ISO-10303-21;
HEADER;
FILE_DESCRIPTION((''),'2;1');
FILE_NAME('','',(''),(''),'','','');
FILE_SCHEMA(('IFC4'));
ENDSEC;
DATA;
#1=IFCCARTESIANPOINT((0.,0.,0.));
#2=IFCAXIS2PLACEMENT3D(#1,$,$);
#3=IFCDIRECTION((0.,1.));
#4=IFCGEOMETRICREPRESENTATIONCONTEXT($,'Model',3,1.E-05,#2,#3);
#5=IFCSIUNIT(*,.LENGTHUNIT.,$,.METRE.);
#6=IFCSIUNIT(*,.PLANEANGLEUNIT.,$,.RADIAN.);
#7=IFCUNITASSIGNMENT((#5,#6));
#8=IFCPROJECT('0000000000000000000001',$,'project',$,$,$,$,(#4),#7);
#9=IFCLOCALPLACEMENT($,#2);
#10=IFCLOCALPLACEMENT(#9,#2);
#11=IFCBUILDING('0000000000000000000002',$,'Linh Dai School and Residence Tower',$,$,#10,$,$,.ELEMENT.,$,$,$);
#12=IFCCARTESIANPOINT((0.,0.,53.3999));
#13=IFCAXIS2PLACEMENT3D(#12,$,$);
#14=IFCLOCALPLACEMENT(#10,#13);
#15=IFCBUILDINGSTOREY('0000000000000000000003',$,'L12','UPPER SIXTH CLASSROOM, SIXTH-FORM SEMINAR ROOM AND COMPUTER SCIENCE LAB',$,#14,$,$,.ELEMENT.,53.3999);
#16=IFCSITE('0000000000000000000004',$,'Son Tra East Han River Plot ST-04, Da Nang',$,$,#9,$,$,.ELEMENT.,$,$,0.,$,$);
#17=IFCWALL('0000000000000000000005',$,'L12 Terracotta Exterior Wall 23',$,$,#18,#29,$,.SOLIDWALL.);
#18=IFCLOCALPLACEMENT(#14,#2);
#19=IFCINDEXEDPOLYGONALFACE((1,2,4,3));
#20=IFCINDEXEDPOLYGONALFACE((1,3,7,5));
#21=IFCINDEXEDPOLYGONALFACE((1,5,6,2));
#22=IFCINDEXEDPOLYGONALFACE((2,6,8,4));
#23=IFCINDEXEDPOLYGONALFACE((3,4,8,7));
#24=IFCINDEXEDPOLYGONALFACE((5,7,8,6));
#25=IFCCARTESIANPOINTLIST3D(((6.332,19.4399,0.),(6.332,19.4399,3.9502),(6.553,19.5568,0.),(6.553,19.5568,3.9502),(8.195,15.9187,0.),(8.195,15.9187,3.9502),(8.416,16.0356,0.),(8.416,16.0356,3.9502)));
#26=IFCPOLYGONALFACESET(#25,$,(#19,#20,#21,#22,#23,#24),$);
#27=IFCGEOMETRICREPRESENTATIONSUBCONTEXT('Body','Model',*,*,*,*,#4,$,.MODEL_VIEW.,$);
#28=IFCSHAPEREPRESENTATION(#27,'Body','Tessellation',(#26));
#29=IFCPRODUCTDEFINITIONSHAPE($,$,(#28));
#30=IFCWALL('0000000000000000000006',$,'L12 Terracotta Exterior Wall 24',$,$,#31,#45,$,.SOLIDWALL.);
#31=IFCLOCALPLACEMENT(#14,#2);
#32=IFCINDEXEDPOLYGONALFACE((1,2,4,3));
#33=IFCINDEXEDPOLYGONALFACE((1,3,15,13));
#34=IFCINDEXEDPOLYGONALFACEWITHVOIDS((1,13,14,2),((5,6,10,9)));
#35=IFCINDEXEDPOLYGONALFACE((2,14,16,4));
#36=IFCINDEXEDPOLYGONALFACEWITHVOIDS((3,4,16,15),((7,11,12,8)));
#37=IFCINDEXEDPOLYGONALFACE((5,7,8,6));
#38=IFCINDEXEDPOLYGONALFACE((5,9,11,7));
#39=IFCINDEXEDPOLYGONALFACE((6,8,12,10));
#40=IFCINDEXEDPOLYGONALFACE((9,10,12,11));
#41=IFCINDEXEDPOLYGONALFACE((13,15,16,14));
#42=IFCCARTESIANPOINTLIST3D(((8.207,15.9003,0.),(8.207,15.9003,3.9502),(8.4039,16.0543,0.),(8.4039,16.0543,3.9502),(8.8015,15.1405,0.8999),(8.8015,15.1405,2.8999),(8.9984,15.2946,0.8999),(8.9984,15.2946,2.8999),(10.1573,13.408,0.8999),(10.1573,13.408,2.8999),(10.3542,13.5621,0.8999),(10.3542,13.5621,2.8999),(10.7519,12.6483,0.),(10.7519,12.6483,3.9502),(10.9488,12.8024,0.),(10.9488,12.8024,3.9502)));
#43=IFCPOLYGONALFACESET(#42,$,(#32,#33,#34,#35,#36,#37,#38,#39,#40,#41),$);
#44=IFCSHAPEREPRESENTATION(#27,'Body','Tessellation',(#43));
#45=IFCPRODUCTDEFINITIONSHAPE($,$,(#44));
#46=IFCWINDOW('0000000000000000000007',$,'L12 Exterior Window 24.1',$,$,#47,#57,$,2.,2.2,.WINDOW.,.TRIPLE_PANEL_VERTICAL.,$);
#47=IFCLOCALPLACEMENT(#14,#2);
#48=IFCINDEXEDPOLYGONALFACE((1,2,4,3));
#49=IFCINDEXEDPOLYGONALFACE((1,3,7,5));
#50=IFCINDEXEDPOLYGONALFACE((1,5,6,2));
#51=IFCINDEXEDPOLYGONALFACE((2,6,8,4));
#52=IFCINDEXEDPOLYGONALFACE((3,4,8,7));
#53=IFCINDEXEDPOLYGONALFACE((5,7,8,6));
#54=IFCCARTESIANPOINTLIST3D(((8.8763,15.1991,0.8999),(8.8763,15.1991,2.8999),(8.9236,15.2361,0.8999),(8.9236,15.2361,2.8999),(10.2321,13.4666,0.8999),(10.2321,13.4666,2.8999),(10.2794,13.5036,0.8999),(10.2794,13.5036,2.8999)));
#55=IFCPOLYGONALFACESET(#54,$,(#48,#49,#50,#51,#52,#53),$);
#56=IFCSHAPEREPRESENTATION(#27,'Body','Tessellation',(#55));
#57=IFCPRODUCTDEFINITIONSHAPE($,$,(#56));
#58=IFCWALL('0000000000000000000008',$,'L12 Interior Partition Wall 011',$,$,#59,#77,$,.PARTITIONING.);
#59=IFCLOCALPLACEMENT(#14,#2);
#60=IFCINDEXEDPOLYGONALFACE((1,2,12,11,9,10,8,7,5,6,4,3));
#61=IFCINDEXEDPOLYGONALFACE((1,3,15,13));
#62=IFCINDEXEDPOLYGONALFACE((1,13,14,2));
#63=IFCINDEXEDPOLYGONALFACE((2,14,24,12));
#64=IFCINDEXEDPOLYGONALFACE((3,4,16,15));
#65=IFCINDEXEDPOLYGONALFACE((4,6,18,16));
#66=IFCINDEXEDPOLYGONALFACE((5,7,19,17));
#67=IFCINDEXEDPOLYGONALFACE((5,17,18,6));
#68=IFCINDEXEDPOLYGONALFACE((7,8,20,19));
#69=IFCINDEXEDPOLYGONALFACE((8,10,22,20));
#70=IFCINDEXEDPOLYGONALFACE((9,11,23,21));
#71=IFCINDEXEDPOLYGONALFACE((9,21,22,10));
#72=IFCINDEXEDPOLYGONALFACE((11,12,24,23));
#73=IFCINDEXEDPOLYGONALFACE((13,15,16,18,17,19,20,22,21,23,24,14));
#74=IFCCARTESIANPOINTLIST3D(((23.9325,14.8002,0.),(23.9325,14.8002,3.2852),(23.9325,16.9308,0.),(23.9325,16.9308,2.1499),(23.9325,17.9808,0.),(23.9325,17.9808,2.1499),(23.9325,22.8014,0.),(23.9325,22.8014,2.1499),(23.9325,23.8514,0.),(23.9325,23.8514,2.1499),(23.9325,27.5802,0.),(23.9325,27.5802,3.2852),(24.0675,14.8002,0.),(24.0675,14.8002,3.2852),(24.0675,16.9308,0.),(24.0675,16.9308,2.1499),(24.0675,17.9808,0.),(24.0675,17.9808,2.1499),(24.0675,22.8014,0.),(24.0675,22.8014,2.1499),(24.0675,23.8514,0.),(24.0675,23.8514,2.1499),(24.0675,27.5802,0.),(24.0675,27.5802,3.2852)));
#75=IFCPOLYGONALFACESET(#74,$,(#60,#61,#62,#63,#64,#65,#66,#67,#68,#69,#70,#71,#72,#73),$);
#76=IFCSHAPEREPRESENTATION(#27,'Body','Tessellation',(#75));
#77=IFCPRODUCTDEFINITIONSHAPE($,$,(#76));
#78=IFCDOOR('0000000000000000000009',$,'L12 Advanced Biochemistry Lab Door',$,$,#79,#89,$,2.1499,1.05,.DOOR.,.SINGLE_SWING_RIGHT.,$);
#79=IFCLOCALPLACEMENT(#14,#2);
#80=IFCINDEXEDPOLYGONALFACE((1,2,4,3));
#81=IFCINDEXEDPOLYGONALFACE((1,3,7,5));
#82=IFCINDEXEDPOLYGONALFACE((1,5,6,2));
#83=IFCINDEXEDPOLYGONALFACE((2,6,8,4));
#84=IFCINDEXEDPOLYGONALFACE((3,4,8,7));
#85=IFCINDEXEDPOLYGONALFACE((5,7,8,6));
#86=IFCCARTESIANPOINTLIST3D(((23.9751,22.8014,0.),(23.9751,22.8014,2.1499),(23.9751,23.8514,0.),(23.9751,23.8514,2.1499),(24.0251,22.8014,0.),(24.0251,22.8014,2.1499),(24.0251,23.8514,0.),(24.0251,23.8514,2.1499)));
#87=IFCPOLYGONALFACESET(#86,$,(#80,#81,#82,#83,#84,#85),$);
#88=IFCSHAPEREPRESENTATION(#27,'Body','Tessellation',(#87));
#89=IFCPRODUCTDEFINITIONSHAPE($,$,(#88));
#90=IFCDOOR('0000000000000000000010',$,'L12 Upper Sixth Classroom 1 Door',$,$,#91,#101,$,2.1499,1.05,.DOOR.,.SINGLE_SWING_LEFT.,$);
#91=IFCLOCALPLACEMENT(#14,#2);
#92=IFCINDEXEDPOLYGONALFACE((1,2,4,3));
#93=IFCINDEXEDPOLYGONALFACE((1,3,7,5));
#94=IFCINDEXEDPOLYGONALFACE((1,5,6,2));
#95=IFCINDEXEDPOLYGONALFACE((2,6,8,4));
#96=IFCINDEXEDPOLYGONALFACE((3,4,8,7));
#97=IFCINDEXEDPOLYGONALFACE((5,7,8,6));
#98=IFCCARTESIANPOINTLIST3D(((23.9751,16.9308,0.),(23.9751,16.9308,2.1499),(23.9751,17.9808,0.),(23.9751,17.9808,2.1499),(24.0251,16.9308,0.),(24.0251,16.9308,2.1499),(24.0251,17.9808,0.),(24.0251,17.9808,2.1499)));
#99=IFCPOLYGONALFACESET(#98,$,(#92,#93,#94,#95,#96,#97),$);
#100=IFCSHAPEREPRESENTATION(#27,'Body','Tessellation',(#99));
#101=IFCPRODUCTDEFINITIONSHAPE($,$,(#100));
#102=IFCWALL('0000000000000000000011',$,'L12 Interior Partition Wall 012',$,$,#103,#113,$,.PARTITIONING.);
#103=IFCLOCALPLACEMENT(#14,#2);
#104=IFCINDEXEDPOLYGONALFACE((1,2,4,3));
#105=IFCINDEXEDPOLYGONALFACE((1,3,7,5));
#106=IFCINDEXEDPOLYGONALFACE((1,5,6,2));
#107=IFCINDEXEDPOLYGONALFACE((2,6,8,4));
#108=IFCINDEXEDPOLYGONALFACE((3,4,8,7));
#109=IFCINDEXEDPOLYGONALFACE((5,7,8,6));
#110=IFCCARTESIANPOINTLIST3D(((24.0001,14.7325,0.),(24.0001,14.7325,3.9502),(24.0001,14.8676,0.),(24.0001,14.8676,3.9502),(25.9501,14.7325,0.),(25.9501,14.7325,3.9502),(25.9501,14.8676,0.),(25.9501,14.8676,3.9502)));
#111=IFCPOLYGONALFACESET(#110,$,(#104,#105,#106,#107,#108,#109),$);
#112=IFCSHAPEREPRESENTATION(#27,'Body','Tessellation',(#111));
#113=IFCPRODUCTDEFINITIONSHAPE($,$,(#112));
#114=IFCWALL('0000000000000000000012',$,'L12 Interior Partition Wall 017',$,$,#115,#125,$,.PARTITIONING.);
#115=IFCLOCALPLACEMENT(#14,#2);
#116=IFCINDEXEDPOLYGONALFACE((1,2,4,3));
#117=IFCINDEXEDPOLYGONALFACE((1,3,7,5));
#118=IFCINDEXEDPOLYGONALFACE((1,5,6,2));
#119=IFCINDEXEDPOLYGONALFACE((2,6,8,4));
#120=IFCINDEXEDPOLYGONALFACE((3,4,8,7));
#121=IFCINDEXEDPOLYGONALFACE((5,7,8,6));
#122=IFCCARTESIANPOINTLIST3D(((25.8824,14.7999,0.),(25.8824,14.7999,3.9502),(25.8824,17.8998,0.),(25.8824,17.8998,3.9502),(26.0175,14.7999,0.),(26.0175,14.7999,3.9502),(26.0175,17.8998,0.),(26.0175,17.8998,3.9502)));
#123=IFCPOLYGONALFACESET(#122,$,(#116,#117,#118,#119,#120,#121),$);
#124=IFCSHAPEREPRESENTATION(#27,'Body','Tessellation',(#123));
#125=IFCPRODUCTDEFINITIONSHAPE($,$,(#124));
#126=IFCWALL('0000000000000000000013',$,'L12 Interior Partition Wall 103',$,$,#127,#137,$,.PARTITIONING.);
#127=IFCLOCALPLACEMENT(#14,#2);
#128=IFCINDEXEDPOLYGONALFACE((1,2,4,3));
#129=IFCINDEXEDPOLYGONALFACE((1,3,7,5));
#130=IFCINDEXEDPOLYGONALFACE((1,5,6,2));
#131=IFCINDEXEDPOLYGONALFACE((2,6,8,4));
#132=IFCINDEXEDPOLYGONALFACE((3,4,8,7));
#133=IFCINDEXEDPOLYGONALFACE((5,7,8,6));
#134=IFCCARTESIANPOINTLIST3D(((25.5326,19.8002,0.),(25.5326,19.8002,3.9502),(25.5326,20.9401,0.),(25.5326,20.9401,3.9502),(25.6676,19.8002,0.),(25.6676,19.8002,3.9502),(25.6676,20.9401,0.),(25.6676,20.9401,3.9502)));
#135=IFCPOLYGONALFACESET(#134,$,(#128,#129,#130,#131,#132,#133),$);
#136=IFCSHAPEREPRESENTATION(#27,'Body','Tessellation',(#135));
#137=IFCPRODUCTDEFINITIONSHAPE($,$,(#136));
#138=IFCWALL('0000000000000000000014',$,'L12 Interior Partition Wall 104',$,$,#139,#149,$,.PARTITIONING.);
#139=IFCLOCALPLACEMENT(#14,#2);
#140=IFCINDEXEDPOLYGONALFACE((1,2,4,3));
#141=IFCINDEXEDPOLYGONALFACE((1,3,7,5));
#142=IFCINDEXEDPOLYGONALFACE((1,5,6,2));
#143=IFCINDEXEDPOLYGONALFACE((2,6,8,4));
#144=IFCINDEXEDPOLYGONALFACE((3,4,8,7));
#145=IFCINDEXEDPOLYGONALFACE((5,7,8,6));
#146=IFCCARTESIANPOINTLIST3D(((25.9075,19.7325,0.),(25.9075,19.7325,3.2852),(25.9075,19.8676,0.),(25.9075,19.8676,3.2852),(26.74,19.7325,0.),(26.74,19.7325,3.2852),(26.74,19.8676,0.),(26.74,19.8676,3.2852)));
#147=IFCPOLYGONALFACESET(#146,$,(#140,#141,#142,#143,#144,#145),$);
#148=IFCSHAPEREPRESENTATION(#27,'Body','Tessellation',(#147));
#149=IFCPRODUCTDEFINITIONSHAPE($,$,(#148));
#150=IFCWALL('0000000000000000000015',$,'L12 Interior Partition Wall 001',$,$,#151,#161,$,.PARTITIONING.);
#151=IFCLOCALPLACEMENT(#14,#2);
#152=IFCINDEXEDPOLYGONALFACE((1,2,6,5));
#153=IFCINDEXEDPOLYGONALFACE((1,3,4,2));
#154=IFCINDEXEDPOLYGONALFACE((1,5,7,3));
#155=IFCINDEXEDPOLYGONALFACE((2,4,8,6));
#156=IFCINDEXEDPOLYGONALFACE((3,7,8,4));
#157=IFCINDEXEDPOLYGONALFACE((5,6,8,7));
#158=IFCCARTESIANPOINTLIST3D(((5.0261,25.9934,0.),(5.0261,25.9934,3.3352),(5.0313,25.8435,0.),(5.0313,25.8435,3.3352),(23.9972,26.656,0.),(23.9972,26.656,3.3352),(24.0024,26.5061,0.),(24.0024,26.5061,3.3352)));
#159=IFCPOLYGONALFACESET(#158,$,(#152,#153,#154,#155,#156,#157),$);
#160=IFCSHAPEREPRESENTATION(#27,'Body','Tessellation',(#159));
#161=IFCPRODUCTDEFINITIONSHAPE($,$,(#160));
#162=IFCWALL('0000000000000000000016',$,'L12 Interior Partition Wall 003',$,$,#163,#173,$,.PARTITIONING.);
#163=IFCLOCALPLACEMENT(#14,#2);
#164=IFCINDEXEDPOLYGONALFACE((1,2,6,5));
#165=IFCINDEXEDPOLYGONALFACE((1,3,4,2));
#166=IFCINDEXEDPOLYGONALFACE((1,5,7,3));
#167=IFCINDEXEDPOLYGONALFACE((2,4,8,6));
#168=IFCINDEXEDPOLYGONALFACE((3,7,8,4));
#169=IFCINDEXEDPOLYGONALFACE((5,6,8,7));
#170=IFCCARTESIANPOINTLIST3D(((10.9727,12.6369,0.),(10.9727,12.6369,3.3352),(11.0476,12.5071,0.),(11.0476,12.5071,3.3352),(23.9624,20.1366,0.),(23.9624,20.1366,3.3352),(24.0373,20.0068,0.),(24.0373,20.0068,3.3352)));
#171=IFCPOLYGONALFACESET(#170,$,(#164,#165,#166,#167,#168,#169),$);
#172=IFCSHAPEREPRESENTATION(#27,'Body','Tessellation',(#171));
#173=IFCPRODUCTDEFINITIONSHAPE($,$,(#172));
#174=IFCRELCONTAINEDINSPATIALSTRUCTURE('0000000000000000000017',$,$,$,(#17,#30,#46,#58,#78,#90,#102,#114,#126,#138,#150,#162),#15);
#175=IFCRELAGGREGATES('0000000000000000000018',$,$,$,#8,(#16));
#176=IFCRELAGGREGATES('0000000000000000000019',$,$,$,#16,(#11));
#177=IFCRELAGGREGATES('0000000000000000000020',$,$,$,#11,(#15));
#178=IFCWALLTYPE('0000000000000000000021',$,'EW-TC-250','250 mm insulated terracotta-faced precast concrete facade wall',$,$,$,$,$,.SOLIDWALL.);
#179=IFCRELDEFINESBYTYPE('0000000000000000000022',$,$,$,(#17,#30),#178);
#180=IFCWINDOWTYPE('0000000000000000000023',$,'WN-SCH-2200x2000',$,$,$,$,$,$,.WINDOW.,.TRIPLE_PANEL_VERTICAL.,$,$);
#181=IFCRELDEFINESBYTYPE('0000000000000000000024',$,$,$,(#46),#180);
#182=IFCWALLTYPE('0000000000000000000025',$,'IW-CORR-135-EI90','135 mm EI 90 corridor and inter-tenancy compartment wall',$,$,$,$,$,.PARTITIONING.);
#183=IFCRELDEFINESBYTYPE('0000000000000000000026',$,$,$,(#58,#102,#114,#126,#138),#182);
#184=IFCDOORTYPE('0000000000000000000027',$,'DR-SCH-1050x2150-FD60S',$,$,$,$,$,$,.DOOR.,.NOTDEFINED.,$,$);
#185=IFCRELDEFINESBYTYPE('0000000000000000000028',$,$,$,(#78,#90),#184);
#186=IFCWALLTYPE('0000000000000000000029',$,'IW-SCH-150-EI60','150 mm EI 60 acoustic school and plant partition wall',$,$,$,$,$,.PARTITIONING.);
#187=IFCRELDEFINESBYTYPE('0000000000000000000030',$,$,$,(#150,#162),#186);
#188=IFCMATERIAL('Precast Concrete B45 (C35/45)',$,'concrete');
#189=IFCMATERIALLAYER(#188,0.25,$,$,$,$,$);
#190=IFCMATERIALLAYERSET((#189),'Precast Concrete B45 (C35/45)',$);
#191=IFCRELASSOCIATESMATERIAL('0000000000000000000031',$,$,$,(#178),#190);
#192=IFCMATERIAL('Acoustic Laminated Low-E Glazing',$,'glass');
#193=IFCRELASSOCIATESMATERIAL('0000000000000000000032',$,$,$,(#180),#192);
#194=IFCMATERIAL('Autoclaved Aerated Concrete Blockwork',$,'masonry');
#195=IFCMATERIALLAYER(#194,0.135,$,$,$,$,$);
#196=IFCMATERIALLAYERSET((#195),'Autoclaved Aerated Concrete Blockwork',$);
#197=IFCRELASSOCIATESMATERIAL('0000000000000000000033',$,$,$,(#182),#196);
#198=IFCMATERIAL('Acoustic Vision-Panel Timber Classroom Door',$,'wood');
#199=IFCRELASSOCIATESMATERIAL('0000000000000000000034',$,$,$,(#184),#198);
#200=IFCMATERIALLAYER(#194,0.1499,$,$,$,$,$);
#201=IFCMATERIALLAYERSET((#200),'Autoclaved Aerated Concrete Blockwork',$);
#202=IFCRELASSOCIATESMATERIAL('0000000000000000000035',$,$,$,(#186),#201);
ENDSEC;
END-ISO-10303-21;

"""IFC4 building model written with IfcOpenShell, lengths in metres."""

from ifc_helpers import new_model, si_unit, direction, frame, frame_2d, origin, origin_2d, place, context, subcontext, project, spatial, rectangle, extrude, source, transform, mapped, material, layer, layer_set, type_object, element, fill, save


model = new_model("IFC4")

# Units and contexts
model_context = context("Model", 3, precision=1e-05, world=origin(), true_north=direction((0.0, 1.0)))
body_context = subcontext(model_context, "Body", "Model", "MODEL_VIEW")
ifc_project = project(units=[si_unit("LENGTHUNIT", "METRE"), si_unit("PLANEANGLEUNIT", "RADIAN")], contexts=[model_context])

# Site, building, storey
site_placement = place(None, origin())
site = spatial("IfcSite", under=ifc_project, at=site_placement, Name="Son Tra East Han River Plot ST-04, Da Nang", CompositionType="ELEMENT", RefElevation=0.0)
building_placement = place(site_placement, origin())
building = spatial("IfcBuilding", under=site, at=building_placement, Name="Linh Dai School and Residence Tower", CompositionType="ELEMENT")
storey_placement = place(building_placement, frame((0.0, 0.0, 53.3999)))
storey = spatial("IfcBuildingStorey", under=building, at=storey_placement, Name="L12", Description="UPPER SIXTH CLASSROOM, SIXTH-FORM SEMINAR ROOM AND COMPUTER SCIENCE LAB", CompositionType="ELEMENT", Elevation=53.3999)

# Shared definitions
ifc_material_1 = material(Name="Precast Concrete B45 (C35/45)", Category="concrete")

# Shared definitions
ifc_layer_1 = layer(ifc_material_1, 0.25)
ifc_layer_set_1 = layer_set([ifc_layer_1], Name="Precast Concrete B45 (C35/45)")
wall_type_1 = type_object("IfcWallType", Name="EW-TC-250", Description="250 mm insulated terracotta-faced precast concrete facade wall", PredefinedType="SOLIDWALL", material=ifc_layer_set_1)

# Wall
wall_1_placement = place(storey_placement, frame((8.3054, 15.9773, 0.0), z_axis=(0.0, 0.0, 1.0), x_axis=(-0.467662, 0.883907, 0.0)))
element("IfcWall", 1, at=wall_1_placement, inside=storey, type_object=wall_type_1, Name="L12 Terracotta Exterior Wall 23", PredefinedType="SOLIDWALL", context=body_context, shape_type="SweptSolid", body=[
    extrude(rectangle(XDim=3.9836, YDim=0.25, at=frame_2d((1.9917, 0.0))), origin(), (0.0, 0.0, 1.0), 3.9502),
])

# Wall, opening, window
wall_2_placement = place(storey_placement, frame((10.8503, 12.7253, 0.0), z_axis=(0.0, 0.0, 1.0), x_axis=(-0.616296, 0.787515, 0.0)))
wall_2 = element("IfcWall", 2, at=wall_2_placement, inside=storey, type_object=wall_type_1, Name="L12 Terracotta Exterior Wall 24", PredefinedType="SOLIDWALL", context=body_context, shape_type="SweptSolid", body=[
    extrude(rectangle(XDim=4.1294, YDim=0.25, at=frame_2d((2.0647, 0.0))), origin(), (0.0, 0.0, 1.0), 3.9502),
])
opening_1_placement = place(wall_2_placement, frame((0.9646, 0.0, 0.8999)))
opening_1 = element("IfcOpeningElement", 3, at=opening_1_placement, cuts=wall_2, PredefinedType="OPENING", context=body_context, shape_type="SweptSolid", body=[
    extrude(rectangle(XDim=2.2, YDim=2.0, at=origin_2d()), frame((1.1001, 0.135, 1.0), z_axis=(0.0, -1.0, 0.0), x_axis=(1.0, 0.0, 0.0)), (0.0, 0.0, 1.0), 0.27),
])
ifc_material_2 = material(Name="Acoustic Laminated Low-E Glazing", Category="glass")
window_type_1 = type_object("IfcWindowType", Name="WN-SCH-2200x2000", PartitioningType="TRIPLE_PANEL_VERTICAL", PredefinedType="WINDOW", material=ifc_material_2)
shared_shape_1 = source(origin(), body_context, "Body", "SweptSolid", [
    extrude(rectangle(XDim=2.2, YDim=2.0, at=origin_2d()), frame((1.1001, 0.03, 1.0), z_axis=(0.0, -1.0, 0.0), x_axis=(1.0, 0.0, 0.0)), (0.0, 0.0, 1.0), 0.0601),
])
window_1_placement = place(opening_1_placement, origin())
window_1 = element("IfcWindow", 4, at=window_1_placement, inside=storey, type_object=window_type_1, Name="L12 Exterior Window 24.1", OverallHeight=2.0, OverallWidth=2.2, PartitioningType="TRIPLE_PANEL_VERTICAL", PredefinedType="WINDOW", context=body_context, shape_type="MappedRepresentation", body=[
    mapped(shared_shape_1, transform((0.0, 0.0, 0.0), x_axis=(1.0, 0.0, 0.0), y_axis=(0.0, 1.0, 0.0), z_axis=(0.0, 0.0, 1.0), scale=1.0)),
])
fill(opening_1, window_1)

# Wall, openings, doors
ifc_material_3 = material(Name="Autoclaved Aerated Concrete Blockwork", Category="masonry")
ifc_layer_2 = layer(ifc_material_3, 0.135)
ifc_layer_set_2 = layer_set([ifc_layer_2], Name="Autoclaved Aerated Concrete Blockwork")
wall_type_2 = type_object("IfcWallType", Name="IW-CORR-135-EI90", Description="135 mm EI 90 corridor and inter-tenancy compartment wall", PredefinedType="PARTITIONING", material=ifc_layer_set_2)
wall_3_placement = place(storey_placement, frame((24.0, 14.8, 0.0), z_axis=(0.0, 0.0, 1.0), x_axis=(0.0, 1.0, 0.0)))
wall_3 = element("IfcWall", 5, at=wall_3_placement, inside=storey, type_object=wall_type_2, Name="L12 Interior Partition Wall 011", PredefinedType="PARTITIONING", context=body_context, shape_type="SweptSolid", body=[
    extrude(rectangle(XDim=12.78, YDim=0.135, at=frame_2d((6.3901, 0.0))), origin(), (0.0, 0.0, 1.0), 3.2852),
])
opening_2_placement = place(wall_3_placement, frame((8.0015, 0.0, 0.0)))
opening_2 = element("IfcOpeningElement", 6, at=opening_2_placement, cuts=wall_3, PredefinedType="OPENING", context=body_context, shape_type="SweptSolid", body=[
    extrude(rectangle(XDim=1.05, YDim=2.1499, at=origin_2d()), frame((0.5249, 0.0776, 1.075), z_axis=(0.0, -1.0, 0.0), x_axis=(1.0, 0.0, 0.0)), (0.0, 0.0, 1.0), 0.155),
])
opening_3_placement = place(wall_3_placement, frame((2.1309, 0.0, 0.0)))
opening_3 = element("IfcOpeningElement", 7, at=opening_3_placement, cuts=wall_3, PredefinedType="OPENING", context=body_context, shape_type="SweptSolid", body=[
    extrude(rectangle(XDim=1.05, YDim=2.1499, at=origin_2d()), frame((0.5249, 0.0776, 1.075), z_axis=(0.0, -1.0, 0.0), x_axis=(1.0, 0.0, 0.0)), (0.0, 0.0, 1.0), 0.155),
])
ifc_material_4 = material(Name="Acoustic Vision-Panel Timber Classroom Door", Category="wood")
door_type = type_object("IfcDoorType", Name="DR-SCH-1050x2150-FD60S", OperationType="NOTDEFINED", PredefinedType="DOOR", material=ifc_material_4)
shared_shape_2 = source(origin(), body_context, "Body", "SweptSolid", [
    extrude(rectangle(XDim=1.05, YDim=2.1499, at=origin_2d()), frame((0.5249, 0.0249, 1.075), z_axis=(0.0, -1.0, 0.0), x_axis=(1.0, 0.0, 0.0)), (0.0, 0.0, 1.0), 0.05),
])
door_1_placement = place(opening_2_placement, origin())
door_1 = element("IfcDoor", 8, at=door_1_placement, inside=storey, type_object=door_type, Name="L12 Advanced Biochemistry Lab Door", OperationType="SINGLE_SWING_RIGHT", OverallHeight=2.1499, OverallWidth=1.05, PredefinedType="DOOR", context=body_context, shape_type="MappedRepresentation", body=[
    mapped(shared_shape_2, transform((0.0, 0.0, 0.0), x_axis=(1.0, 0.0, 0.0), y_axis=(0.0, 1.0, 0.0), z_axis=(0.0, 0.0, 1.0), scale=1.0)),
])
fill(opening_2, door_1)
door_2_placement = place(opening_3_placement, origin())
door_2 = element("IfcDoor", 9, at=door_2_placement, inside=storey, type_object=door_type, Name="L12 Upper Sixth Classroom 1 Door", OperationType="SINGLE_SWING_LEFT", OverallHeight=2.1499, OverallWidth=1.05, PredefinedType="DOOR", context=body_context, shape_type="MappedRepresentation", body=[
    mapped(shared_shape_2, transform((0.0, 0.0, 0.0), x_axis=(1.0, 0.0, 0.0), y_axis=(0.0, 1.0, 0.0), z_axis=(0.0, 0.0, 1.0), scale=1.0)),
])
fill(opening_3, door_2)

# Walls
wall_4_placement = place(storey_placement, frame((24.0, 14.8, 0.0), z_axis=(0.0, 0.0, 1.0), x_axis=(1.0, 0.0, 0.0)))
element("IfcWall", 10, at=wall_4_placement, inside=storey, type_object=wall_type_2, Name="L12 Interior Partition Wall 012", PredefinedType="PARTITIONING", context=body_context, shape_type="SweptSolid", body=[
    extrude(rectangle(XDim=1.95, YDim=0.135, at=frame_2d((0.9751, 0.0))), origin(), (0.0, 0.0, 1.0), 3.9502),
])
wall_5_placement = place(storey_placement, frame((25.95, 14.8, 0.0), z_axis=(0.0, 0.0, 1.0), x_axis=(0.0, 1.0, 0.0)))
element("IfcWall", 11, at=wall_5_placement, inside=storey, type_object=wall_type_2, Name="L12 Interior Partition Wall 017", PredefinedType="PARTITIONING", context=body_context, shape_type="SweptSolid", body=[
    extrude(rectangle(XDim=3.0999, YDim=0.135, at=frame_2d((1.5498, 0.0))), origin(), (0.0, 0.0, 1.0), 3.9502),
])
wall_6_placement = place(storey_placement, frame((25.6001, 20.9399, 0.0), z_axis=(0.0, 0.0, 1.0), x_axis=(0.0, -1.0, 0.0)))
element("IfcWall", 12, at=wall_6_placement, inside=storey, type_object=wall_type_2, Name="L12 Interior Partition Wall 103", PredefinedType="PARTITIONING", context=body_context, shape_type="SweptSolid", body=[
    extrude(rectangle(XDim=1.1399, YDim=0.135, at=frame_2d((0.5698, 0.0))), origin(), (0.0, 0.0, 1.0), 3.9502),
])
wall_7_placement = place(storey_placement, frame((25.9075, 19.8, 0.0), z_axis=(0.0, 0.0, 1.0), x_axis=(1.0, 0.0, 0.0)))
element("IfcWall", 13, at=wall_7_placement, inside=storey, type_object=wall_type_2, Name="L12 Interior Partition Wall 104", PredefinedType="PARTITIONING", context=body_context, shape_type="SweptSolid", body=[
    extrude(rectangle(XDim=0.8325, YDim=0.135, at=frame_2d((0.4163, 0.0))), origin(), (0.0, 0.0, 1.0), 3.2852),
])
ifc_layer_3 = layer(ifc_material_3, 0.1499)
ifc_layer_set_3 = layer_set([ifc_layer_3], Name="Autoclaved Aerated Concrete Blockwork")
wall_type_3 = type_object("IfcWallType", Name="IW-SCH-150-EI60", Description="150 mm EI 60 acoustic school and plant partition wall", PredefinedType="PARTITIONING", material=ifc_layer_set_3)
wall_8_placement = place(storey_placement, frame((5.0288, 25.9185, 0.0), z_axis=(0.0, 0.0, 1.0), x_axis=(0.999391, 0.034905, 0.0)))
element("IfcWall", 14, at=wall_8_placement, inside=storey, type_object=wall_type_3, Name="L12 Interior Partition Wall 001", PredefinedType="PARTITIONING", context=body_context, shape_type="SweptSolid", body=[
    extrude(rectangle(XDim=18.9827, YDim=0.1499, at=frame_2d((9.4912, 0.0))), origin(), (0.0, 0.0, 1.0), 3.3352),
])
wall_9_placement = place(storey_placement, frame((11.0103, 12.572, 0.0), z_axis=(0.0, 0.0, 1.0), x_axis=(0.866022, 0.500006, 0.0)))
element("IfcWall", 15, at=wall_9_placement, inside=storey, type_object=wall_type_3, Name="L12 Interior Partition Wall 003", PredefinedType="PARTITIONING", context=body_context, shape_type="SweptSolid", body=[
    extrude(rectangle(XDim=14.9993, YDim=0.1499, at=frame_2d((7.4995, 0.0))), origin(), (0.0, 0.0, 1.0), 3.3352),
])

save(model, "model.ifc")
